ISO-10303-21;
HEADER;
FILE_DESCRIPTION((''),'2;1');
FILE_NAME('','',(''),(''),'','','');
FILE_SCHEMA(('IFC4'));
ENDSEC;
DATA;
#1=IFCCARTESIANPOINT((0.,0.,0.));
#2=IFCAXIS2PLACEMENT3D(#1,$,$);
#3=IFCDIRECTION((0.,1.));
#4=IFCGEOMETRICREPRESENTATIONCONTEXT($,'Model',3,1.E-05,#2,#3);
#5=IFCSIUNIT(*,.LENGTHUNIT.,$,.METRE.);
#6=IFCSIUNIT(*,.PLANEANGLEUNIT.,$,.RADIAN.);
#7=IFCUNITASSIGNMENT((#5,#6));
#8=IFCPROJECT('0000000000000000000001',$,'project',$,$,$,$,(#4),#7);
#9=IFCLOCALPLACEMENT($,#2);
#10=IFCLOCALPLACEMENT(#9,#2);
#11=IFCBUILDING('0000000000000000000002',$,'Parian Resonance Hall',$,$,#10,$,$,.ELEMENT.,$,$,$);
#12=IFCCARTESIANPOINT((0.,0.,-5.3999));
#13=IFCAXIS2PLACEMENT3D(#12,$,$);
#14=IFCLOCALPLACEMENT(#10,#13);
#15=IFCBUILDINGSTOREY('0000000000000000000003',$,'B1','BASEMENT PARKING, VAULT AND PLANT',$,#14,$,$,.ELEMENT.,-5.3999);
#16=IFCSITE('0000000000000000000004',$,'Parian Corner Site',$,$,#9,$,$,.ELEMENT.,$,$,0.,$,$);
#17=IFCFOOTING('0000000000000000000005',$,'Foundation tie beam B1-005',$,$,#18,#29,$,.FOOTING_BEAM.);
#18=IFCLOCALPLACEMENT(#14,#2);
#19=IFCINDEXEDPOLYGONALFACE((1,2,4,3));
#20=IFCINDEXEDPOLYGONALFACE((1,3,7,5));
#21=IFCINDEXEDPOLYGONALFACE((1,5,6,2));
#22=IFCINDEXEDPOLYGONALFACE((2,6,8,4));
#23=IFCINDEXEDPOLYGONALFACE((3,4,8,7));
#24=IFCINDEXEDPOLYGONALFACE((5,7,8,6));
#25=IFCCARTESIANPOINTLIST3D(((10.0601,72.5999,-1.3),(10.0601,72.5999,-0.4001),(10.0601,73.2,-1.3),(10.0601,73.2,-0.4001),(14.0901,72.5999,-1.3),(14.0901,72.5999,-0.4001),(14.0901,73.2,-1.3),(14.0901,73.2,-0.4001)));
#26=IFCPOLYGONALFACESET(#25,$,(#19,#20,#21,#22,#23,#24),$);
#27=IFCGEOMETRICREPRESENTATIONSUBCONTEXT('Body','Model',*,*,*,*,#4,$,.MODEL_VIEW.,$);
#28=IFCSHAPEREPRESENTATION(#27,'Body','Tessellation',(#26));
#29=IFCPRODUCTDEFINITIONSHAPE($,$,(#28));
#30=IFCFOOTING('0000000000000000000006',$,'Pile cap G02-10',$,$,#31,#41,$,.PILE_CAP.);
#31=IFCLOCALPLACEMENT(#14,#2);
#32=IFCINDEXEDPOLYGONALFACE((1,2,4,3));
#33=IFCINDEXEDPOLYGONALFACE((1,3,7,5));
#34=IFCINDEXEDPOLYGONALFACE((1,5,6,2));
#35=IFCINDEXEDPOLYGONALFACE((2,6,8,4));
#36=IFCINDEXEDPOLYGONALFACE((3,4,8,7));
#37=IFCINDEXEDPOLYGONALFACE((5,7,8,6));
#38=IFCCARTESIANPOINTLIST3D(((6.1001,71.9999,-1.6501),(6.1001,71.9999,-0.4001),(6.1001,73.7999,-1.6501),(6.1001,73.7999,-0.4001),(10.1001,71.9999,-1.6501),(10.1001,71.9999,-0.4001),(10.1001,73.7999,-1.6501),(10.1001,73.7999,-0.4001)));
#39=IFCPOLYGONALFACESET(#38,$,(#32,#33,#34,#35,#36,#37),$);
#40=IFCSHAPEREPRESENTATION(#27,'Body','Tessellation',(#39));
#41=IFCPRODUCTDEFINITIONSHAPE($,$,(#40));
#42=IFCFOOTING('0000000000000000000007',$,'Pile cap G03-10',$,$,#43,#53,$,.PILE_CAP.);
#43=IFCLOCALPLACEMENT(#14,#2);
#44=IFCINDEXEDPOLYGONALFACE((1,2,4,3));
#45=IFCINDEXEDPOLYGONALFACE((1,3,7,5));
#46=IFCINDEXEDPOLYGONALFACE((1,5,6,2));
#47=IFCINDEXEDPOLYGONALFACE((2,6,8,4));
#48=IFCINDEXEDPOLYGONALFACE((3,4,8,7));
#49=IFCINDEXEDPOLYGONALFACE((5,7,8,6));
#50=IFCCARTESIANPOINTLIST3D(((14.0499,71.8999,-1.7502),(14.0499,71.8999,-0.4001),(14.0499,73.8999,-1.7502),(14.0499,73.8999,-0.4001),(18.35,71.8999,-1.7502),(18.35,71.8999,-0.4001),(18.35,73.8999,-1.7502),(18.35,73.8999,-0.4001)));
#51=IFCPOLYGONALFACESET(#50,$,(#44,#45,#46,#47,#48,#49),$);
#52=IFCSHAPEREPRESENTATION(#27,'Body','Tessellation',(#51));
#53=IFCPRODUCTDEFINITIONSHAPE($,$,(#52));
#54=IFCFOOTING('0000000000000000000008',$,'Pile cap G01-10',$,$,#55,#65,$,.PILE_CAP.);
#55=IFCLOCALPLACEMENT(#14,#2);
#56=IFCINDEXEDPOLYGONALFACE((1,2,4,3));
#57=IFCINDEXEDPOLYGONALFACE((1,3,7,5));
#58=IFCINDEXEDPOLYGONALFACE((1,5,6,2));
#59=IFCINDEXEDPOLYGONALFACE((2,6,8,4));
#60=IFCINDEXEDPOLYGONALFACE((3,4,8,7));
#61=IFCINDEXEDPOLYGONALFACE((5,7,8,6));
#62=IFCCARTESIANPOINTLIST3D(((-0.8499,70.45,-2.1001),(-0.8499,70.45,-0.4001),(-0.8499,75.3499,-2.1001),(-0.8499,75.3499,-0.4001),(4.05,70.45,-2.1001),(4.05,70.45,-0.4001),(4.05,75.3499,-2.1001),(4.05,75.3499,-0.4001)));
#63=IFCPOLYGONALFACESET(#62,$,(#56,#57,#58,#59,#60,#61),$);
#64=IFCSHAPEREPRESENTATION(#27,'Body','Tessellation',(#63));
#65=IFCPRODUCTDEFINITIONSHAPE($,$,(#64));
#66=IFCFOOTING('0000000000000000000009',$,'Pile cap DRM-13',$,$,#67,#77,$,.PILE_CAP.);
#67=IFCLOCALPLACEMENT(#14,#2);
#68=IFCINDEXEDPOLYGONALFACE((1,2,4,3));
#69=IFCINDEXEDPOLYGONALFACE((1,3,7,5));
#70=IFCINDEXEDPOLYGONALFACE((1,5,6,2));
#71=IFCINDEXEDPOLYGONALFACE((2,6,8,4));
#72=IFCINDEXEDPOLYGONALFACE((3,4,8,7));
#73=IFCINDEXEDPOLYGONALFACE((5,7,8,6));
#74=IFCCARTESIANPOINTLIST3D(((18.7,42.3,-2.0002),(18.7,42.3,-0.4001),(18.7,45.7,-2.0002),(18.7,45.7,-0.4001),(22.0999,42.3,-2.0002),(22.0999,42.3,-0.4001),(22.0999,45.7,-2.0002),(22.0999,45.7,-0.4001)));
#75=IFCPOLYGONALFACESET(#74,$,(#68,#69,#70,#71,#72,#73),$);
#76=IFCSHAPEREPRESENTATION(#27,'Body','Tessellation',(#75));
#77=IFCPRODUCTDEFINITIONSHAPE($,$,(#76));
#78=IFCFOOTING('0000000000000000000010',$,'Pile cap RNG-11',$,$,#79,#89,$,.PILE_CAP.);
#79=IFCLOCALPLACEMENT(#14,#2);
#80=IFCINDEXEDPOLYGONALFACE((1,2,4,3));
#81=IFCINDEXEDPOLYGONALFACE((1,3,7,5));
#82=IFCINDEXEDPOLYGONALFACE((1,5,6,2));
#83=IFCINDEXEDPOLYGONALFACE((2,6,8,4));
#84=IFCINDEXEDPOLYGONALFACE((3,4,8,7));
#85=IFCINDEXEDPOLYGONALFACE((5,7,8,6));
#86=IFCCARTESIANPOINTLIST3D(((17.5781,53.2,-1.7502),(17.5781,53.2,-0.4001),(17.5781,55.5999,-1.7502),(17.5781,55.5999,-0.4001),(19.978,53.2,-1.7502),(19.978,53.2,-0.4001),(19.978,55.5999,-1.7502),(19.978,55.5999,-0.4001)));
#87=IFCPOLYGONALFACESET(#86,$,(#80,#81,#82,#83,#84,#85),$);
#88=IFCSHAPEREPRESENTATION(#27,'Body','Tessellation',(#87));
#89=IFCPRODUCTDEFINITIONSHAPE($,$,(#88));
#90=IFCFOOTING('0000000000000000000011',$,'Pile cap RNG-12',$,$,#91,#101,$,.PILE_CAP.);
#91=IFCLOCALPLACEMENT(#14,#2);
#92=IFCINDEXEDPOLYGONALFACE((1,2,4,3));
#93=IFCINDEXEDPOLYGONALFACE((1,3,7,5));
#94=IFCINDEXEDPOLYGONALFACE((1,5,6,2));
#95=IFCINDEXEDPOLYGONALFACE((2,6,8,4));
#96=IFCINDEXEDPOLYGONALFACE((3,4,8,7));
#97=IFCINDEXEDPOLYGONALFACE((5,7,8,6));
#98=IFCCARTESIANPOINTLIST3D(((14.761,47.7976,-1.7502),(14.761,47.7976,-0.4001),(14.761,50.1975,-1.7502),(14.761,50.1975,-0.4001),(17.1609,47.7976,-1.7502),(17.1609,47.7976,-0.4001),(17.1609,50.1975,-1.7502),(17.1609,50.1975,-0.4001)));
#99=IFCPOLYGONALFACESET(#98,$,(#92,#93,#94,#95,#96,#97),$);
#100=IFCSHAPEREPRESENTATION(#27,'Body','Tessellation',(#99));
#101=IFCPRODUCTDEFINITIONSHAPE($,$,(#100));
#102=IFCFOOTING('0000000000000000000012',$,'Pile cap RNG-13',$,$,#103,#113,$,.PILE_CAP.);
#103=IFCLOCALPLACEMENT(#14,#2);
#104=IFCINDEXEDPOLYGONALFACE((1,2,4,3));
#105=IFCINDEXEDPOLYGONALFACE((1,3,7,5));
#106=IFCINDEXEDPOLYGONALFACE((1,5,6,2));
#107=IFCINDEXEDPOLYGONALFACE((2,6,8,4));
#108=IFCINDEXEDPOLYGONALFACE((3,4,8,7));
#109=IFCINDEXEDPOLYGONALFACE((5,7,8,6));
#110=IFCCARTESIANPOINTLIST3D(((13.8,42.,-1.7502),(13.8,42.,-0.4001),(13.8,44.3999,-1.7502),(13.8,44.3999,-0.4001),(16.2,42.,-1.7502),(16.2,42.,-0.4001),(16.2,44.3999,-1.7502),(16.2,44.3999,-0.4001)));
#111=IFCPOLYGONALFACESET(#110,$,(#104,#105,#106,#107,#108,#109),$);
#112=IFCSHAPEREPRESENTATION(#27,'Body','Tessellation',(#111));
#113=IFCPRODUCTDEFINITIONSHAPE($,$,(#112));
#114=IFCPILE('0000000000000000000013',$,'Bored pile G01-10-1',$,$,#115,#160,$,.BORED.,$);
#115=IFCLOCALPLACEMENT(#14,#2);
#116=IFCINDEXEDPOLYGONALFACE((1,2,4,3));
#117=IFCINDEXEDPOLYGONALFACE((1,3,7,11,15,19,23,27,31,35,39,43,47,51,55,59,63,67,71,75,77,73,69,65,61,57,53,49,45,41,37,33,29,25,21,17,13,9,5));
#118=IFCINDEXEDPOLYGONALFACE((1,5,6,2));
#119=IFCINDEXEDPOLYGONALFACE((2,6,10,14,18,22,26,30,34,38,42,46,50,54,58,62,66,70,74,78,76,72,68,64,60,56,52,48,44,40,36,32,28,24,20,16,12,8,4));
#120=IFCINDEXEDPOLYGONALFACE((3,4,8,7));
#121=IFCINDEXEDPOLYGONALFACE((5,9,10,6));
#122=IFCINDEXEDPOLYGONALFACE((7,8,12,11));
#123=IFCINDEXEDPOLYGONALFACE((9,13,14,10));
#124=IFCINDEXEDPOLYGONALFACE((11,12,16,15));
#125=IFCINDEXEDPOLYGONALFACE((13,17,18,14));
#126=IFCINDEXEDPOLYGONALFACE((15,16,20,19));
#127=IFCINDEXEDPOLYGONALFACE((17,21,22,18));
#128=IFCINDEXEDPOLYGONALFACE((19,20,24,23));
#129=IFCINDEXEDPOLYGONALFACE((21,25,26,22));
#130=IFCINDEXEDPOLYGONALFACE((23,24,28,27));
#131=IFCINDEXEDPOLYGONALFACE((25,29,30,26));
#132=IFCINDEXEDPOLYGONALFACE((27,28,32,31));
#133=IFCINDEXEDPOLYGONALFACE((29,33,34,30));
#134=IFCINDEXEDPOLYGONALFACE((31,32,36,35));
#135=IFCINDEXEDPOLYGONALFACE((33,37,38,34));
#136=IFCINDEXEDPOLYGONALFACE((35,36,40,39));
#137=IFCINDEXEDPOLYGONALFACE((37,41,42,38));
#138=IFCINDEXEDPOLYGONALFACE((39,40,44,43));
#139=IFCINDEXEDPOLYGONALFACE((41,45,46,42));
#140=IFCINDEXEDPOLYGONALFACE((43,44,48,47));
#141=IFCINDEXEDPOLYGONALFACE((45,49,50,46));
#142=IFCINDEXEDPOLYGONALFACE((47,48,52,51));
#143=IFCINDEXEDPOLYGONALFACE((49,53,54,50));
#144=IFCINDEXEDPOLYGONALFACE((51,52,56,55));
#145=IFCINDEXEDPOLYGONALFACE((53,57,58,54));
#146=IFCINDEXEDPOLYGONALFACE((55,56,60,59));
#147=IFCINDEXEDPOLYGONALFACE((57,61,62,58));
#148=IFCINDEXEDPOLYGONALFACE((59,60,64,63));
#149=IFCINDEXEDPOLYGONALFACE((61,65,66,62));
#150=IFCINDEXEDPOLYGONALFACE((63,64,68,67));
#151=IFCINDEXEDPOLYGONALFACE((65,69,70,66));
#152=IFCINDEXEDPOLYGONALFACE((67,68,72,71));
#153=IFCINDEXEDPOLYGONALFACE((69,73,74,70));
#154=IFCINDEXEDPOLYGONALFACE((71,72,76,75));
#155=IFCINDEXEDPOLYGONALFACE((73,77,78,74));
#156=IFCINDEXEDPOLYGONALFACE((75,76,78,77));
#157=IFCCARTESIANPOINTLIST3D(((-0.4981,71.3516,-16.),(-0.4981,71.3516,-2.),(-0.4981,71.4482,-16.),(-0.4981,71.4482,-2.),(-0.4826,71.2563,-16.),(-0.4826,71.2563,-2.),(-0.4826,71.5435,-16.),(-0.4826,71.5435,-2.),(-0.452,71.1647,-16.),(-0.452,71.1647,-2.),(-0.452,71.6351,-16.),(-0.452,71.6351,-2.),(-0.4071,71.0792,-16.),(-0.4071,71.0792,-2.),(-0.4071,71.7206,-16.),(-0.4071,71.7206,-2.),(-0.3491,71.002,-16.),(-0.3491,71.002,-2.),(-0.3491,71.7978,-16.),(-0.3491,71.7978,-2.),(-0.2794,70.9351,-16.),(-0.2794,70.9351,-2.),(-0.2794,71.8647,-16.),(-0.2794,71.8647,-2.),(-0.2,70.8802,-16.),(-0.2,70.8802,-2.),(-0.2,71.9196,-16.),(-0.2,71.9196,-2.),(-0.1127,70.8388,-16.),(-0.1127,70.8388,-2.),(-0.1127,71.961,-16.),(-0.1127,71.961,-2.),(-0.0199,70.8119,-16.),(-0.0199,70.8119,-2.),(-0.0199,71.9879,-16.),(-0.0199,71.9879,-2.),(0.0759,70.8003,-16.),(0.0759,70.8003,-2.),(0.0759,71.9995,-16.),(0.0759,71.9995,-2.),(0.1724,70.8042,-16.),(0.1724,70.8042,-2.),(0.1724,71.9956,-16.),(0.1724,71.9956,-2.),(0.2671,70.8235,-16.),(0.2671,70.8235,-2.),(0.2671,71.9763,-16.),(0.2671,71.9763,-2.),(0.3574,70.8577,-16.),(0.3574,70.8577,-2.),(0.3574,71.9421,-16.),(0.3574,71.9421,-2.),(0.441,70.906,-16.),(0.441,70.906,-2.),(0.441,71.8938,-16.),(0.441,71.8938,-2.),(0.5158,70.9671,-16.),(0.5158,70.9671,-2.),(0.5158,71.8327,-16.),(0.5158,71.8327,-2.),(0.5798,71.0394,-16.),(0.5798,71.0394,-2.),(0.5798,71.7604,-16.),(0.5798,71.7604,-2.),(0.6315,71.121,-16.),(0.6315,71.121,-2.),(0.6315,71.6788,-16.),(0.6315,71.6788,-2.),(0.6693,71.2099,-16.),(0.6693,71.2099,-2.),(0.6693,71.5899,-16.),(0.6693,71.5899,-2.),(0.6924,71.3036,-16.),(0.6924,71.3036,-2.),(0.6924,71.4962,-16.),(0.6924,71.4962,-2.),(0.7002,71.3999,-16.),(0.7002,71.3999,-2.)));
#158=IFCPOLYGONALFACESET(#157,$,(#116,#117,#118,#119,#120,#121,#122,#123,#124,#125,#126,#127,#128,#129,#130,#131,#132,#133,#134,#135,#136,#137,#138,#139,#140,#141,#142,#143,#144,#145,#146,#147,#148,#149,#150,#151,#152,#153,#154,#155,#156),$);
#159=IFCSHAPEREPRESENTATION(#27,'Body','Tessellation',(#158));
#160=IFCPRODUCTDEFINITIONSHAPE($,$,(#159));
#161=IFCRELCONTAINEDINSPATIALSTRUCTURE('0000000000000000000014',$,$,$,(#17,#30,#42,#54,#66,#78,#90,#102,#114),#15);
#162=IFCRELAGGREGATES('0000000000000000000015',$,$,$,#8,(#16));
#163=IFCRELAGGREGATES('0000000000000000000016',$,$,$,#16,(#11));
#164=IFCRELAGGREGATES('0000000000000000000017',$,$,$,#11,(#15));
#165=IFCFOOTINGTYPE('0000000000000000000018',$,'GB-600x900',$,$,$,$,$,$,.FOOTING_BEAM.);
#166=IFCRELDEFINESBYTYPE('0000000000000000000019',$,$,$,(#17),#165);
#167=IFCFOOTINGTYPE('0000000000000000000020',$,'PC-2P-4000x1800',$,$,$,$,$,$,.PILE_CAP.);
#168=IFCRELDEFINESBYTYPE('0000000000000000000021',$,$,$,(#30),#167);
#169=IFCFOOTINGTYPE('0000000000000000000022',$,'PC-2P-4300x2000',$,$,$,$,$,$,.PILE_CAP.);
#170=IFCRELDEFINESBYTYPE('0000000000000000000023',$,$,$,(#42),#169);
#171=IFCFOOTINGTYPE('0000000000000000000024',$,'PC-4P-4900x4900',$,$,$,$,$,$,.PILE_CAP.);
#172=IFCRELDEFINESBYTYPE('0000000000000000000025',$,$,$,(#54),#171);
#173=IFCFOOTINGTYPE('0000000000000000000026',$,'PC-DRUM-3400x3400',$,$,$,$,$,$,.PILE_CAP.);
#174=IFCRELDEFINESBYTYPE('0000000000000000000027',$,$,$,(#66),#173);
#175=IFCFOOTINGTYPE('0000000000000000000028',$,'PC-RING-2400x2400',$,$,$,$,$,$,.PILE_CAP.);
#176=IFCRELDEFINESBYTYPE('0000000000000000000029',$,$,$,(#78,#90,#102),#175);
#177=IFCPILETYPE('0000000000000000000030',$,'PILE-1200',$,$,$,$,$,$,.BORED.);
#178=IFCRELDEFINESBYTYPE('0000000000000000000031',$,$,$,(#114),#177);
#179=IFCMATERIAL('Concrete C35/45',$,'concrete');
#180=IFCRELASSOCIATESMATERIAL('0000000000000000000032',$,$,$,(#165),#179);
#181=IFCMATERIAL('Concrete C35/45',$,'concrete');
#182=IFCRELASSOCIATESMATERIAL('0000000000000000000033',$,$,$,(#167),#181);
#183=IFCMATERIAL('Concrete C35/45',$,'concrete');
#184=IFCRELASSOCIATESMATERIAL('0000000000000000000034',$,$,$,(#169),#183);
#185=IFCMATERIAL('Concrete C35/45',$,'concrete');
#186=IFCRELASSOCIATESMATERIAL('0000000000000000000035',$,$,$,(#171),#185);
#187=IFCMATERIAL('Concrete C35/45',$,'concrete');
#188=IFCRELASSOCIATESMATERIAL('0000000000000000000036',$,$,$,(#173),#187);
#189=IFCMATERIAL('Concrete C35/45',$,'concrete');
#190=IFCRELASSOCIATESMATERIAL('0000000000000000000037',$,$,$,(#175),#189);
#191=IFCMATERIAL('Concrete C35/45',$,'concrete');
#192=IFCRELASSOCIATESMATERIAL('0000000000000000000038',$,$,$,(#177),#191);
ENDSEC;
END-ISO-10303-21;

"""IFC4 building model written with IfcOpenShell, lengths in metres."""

from ifc_helpers import new_model, si_unit, direction, frame, origin, origin_2d, place, context, subcontext, project, spatial, rectangle, circle, extrude, material, material_profile, profile_set, type_object, element, save


model = new_model("IFC4")

# Units and contexts
model_context = context("Model", 3, precision=1e-05, world=origin(), true_north=direction((0.0, 1.0)))
body_context = subcontext(model_context, "Body", "Model", "MODEL_VIEW")
ifc_project = project(units=[si_unit("LENGTHUNIT", "METRE"), si_unit("PLANEANGLEUNIT", "RADIAN")], contexts=[model_context])

# Site, building, storey
site_placement = place(None, origin())
site = spatial("IfcSite", under=ifc_project, at=site_placement, Name="Parian Corner Site", CompositionType="ELEMENT", RefElevation=0.0)
building_placement = place(site_placement, origin())
building = spatial("IfcBuilding", under=site, at=building_placement, Name="Parian Resonance Hall", CompositionType="ELEMENT")
storey_placement = place(building_placement, frame((0.0, 0.0, -5.3999)))
storey = spatial("IfcBuildingStorey", under=building, at=storey_placement, Name="B1", Description="BASEMENT PARKING, VAULT AND PLANT", CompositionType="ELEMENT", Elevation=-5.3999)

# Footings
ifc_material_1 = material(Name="Concrete C35/45", Category="concrete")
ifc_material_profile_1 = material_profile(ifc_material_1, rectangle(XDim=0.6001, YDim=0.8999, at=origin_2d()), Name="RC-GB-600x900")
ifc_profile_set_1 = profile_set([ifc_material_profile_1], Name="Concrete C35/45")
footing_type_1 = type_object("IfcFootingType", Name="GB-600x900", PredefinedType="FOOTING_BEAM", material=ifc_profile_set_1)
footing_1_placement = place(storey_placement, frame((10.0601, 72.8999, -0.8501), z_axis=(1.0, 0.0, 0.0), x_axis=(0.0, 1.0, 0.0)))
element("IfcFooting", 1, at=footing_1_placement, inside=storey, type_object=footing_type_1, Name="Foundation tie beam B1-005", PredefinedType="FOOTING_BEAM", context=body_context, shape_type="SweptSolid", body=[
    extrude(rectangle(XDim=0.6001, YDim=0.8999, at=origin_2d()), origin(), (0.0, 0.0, 1.0), 4.03),
])
ifc_material_2 = material(Name="Concrete C35/45", Category="concrete")
footing_type_2 = type_object("IfcFootingType", Name="PC-2P-4000x1800", PredefinedType="PILE_CAP", material=ifc_material_2)
footing_2_placement = place(storey_placement, frame((8.1001, 72.8999, -1.6501), z_axis=(0.0, 0.0, 1.0), x_axis=(1.0, 0.0, 0.0)))
element("IfcFooting", 2, at=footing_2_placement, inside=storey, type_object=footing_type_2, Name="Pile cap G02-10", PredefinedType="PILE_CAP", context=body_context, shape_type="SweptSolid", body=[
    extrude(rectangle(XDim=4.0, YDim=1.8, at=origin_2d()), origin(), (0.0, 0.0, 1.0), 1.25),
])
ifc_material_3 = material(Name="Concrete C35/45", Category="concrete")
footing_type_3 = type_object("IfcFootingType", Name="PC-2P-4300x2000", PredefinedType="PILE_CAP", material=ifc_material_3)
footing_3_placement = place(storey_placement, frame((16.2, 72.8999, -1.7502), z_axis=(0.0, 0.0, 1.0), x_axis=(1.0, 0.0, 0.0)))
element("IfcFooting", 3, at=footing_3_placement, inside=storey, type_object=footing_type_3, Name="Pile cap G03-10", PredefinedType="PILE_CAP", context=body_context, shape_type="SweptSolid", body=[
    extrude(rectangle(XDim=4.3, YDim=2.0, at=origin_2d()), origin(), (0.0, 0.0, 1.0), 1.3501),
])
ifc_material_4 = material(Name="Concrete C35/45", Category="concrete")
footing_type_4 = type_object("IfcFootingType", Name="PC-4P-4900x4900", PredefinedType="PILE_CAP", material=ifc_material_4)
footing_4_placement = place(storey_placement, frame((1.6001, 72.8999, -2.1001), z_axis=(0.0, 0.0, 1.0), x_axis=(1.0, 0.0, 0.0)))
element("IfcFooting", 4, at=footing_4_placement, inside=storey, type_object=footing_type_4, Name="Pile cap G01-10", PredefinedType="PILE_CAP", context=body_context, shape_type="SweptSolid", body=[
    extrude(rectangle(XDim=4.8999, YDim=4.8999, at=origin_2d()), origin(), (0.0, 0.0, 1.0), 1.7),
])
ifc_material_5 = material(Name="Concrete C35/45", Category="concrete")
footing_type_5 = type_object("IfcFootingType", Name="PC-DRUM-3400x3400", PredefinedType="PILE_CAP", material=ifc_material_5)
footing_5_placement = place(storey_placement, frame((20.3999, 44.0, -2.0002), z_axis=(0.0, 0.0, 1.0), x_axis=(1.0, 0.0, 0.0)))
element("IfcFooting", 5, at=footing_5_placement, inside=storey, type_object=footing_type_5, Name="Pile cap DRM-13", PredefinedType="PILE_CAP", context=body_context, shape_type="SweptSolid", body=[
    extrude(rectangle(XDim=3.3999, YDim=3.3999, at=origin_2d()), origin(), (0.0, 0.0, 1.0), 1.6001),
])
ifc_material_6 = material(Name="Concrete C35/45", Category="concrete")
footing_type_6 = type_object("IfcFootingType", Name="PC-RING-2400x2400", PredefinedType="PILE_CAP", material=ifc_material_6)
for number, where, z_axis, x_axis, name in (
    (6, (18.7781, 54.3999, -1.7502), (0.0, 0.0, 1.0), (1.0, 0.0, 0.0), "Pile cap RNG-11"),
    (7, (15.9609, 48.9976, -1.7502), (0.0, 0.0, 1.0), (1.0, 0.0, 0.0), "Pile cap RNG-12"),
    (8, (15.0, 43.2, -1.7502), (0.0, 0.0, 1.0), (1.0, 0.0, 0.0), "Pile cap RNG-13"),
):
    element("IfcFooting", number, at=place(storey_placement, frame(where, z_axis=z_axis, x_axis=x_axis)), inside=storey, type_object=footing_type_6, Name=name, PredefinedType="PILE_CAP", context=body_context, shape_type="SweptSolid", body=[
        extrude(rectangle(XDim=2.3999, YDim=2.3999, at=origin_2d()), origin(), (0.0, 0.0, 1.0), 1.3501),
    ])

# Pile
ifc_material_7 = material(Name="Concrete C35/45", Category="concrete")
ifc_material_profile_2 = material_profile(ifc_material_7, circle(Radius=0.6001, at=origin_2d()), Name="PILE-D1200")
ifc_profile_set_2 = profile_set([ifc_material_profile_2], Name="Concrete C35/45")
pile_type_1 = type_object("IfcPileType", Name="PILE-1200", PredefinedType="BORED", material=ifc_profile_set_2)
for number, where, z_axis, x_axis, name in (
    (9, (0.1001, 71.3999, -2.0), (0.0, 0.0, -1.0), (1.0, 0.0, 0.0), "Bored pile G01-10-1"),
):
    element("IfcPile", number, at=place(storey_placement, frame(where, z_axis=z_axis, x_axis=x_axis)), inside=storey, type_object=pile_type_1, Name=name, PredefinedType="BORED", context=body_context, shape_type="SweptSolid", body=[
        extrude(circle(Radius=0.6001, at=origin_2d()), origin(), (0.0, 0.0, 1.0), 14.0),
    ])

save(model, "model.ifc")
